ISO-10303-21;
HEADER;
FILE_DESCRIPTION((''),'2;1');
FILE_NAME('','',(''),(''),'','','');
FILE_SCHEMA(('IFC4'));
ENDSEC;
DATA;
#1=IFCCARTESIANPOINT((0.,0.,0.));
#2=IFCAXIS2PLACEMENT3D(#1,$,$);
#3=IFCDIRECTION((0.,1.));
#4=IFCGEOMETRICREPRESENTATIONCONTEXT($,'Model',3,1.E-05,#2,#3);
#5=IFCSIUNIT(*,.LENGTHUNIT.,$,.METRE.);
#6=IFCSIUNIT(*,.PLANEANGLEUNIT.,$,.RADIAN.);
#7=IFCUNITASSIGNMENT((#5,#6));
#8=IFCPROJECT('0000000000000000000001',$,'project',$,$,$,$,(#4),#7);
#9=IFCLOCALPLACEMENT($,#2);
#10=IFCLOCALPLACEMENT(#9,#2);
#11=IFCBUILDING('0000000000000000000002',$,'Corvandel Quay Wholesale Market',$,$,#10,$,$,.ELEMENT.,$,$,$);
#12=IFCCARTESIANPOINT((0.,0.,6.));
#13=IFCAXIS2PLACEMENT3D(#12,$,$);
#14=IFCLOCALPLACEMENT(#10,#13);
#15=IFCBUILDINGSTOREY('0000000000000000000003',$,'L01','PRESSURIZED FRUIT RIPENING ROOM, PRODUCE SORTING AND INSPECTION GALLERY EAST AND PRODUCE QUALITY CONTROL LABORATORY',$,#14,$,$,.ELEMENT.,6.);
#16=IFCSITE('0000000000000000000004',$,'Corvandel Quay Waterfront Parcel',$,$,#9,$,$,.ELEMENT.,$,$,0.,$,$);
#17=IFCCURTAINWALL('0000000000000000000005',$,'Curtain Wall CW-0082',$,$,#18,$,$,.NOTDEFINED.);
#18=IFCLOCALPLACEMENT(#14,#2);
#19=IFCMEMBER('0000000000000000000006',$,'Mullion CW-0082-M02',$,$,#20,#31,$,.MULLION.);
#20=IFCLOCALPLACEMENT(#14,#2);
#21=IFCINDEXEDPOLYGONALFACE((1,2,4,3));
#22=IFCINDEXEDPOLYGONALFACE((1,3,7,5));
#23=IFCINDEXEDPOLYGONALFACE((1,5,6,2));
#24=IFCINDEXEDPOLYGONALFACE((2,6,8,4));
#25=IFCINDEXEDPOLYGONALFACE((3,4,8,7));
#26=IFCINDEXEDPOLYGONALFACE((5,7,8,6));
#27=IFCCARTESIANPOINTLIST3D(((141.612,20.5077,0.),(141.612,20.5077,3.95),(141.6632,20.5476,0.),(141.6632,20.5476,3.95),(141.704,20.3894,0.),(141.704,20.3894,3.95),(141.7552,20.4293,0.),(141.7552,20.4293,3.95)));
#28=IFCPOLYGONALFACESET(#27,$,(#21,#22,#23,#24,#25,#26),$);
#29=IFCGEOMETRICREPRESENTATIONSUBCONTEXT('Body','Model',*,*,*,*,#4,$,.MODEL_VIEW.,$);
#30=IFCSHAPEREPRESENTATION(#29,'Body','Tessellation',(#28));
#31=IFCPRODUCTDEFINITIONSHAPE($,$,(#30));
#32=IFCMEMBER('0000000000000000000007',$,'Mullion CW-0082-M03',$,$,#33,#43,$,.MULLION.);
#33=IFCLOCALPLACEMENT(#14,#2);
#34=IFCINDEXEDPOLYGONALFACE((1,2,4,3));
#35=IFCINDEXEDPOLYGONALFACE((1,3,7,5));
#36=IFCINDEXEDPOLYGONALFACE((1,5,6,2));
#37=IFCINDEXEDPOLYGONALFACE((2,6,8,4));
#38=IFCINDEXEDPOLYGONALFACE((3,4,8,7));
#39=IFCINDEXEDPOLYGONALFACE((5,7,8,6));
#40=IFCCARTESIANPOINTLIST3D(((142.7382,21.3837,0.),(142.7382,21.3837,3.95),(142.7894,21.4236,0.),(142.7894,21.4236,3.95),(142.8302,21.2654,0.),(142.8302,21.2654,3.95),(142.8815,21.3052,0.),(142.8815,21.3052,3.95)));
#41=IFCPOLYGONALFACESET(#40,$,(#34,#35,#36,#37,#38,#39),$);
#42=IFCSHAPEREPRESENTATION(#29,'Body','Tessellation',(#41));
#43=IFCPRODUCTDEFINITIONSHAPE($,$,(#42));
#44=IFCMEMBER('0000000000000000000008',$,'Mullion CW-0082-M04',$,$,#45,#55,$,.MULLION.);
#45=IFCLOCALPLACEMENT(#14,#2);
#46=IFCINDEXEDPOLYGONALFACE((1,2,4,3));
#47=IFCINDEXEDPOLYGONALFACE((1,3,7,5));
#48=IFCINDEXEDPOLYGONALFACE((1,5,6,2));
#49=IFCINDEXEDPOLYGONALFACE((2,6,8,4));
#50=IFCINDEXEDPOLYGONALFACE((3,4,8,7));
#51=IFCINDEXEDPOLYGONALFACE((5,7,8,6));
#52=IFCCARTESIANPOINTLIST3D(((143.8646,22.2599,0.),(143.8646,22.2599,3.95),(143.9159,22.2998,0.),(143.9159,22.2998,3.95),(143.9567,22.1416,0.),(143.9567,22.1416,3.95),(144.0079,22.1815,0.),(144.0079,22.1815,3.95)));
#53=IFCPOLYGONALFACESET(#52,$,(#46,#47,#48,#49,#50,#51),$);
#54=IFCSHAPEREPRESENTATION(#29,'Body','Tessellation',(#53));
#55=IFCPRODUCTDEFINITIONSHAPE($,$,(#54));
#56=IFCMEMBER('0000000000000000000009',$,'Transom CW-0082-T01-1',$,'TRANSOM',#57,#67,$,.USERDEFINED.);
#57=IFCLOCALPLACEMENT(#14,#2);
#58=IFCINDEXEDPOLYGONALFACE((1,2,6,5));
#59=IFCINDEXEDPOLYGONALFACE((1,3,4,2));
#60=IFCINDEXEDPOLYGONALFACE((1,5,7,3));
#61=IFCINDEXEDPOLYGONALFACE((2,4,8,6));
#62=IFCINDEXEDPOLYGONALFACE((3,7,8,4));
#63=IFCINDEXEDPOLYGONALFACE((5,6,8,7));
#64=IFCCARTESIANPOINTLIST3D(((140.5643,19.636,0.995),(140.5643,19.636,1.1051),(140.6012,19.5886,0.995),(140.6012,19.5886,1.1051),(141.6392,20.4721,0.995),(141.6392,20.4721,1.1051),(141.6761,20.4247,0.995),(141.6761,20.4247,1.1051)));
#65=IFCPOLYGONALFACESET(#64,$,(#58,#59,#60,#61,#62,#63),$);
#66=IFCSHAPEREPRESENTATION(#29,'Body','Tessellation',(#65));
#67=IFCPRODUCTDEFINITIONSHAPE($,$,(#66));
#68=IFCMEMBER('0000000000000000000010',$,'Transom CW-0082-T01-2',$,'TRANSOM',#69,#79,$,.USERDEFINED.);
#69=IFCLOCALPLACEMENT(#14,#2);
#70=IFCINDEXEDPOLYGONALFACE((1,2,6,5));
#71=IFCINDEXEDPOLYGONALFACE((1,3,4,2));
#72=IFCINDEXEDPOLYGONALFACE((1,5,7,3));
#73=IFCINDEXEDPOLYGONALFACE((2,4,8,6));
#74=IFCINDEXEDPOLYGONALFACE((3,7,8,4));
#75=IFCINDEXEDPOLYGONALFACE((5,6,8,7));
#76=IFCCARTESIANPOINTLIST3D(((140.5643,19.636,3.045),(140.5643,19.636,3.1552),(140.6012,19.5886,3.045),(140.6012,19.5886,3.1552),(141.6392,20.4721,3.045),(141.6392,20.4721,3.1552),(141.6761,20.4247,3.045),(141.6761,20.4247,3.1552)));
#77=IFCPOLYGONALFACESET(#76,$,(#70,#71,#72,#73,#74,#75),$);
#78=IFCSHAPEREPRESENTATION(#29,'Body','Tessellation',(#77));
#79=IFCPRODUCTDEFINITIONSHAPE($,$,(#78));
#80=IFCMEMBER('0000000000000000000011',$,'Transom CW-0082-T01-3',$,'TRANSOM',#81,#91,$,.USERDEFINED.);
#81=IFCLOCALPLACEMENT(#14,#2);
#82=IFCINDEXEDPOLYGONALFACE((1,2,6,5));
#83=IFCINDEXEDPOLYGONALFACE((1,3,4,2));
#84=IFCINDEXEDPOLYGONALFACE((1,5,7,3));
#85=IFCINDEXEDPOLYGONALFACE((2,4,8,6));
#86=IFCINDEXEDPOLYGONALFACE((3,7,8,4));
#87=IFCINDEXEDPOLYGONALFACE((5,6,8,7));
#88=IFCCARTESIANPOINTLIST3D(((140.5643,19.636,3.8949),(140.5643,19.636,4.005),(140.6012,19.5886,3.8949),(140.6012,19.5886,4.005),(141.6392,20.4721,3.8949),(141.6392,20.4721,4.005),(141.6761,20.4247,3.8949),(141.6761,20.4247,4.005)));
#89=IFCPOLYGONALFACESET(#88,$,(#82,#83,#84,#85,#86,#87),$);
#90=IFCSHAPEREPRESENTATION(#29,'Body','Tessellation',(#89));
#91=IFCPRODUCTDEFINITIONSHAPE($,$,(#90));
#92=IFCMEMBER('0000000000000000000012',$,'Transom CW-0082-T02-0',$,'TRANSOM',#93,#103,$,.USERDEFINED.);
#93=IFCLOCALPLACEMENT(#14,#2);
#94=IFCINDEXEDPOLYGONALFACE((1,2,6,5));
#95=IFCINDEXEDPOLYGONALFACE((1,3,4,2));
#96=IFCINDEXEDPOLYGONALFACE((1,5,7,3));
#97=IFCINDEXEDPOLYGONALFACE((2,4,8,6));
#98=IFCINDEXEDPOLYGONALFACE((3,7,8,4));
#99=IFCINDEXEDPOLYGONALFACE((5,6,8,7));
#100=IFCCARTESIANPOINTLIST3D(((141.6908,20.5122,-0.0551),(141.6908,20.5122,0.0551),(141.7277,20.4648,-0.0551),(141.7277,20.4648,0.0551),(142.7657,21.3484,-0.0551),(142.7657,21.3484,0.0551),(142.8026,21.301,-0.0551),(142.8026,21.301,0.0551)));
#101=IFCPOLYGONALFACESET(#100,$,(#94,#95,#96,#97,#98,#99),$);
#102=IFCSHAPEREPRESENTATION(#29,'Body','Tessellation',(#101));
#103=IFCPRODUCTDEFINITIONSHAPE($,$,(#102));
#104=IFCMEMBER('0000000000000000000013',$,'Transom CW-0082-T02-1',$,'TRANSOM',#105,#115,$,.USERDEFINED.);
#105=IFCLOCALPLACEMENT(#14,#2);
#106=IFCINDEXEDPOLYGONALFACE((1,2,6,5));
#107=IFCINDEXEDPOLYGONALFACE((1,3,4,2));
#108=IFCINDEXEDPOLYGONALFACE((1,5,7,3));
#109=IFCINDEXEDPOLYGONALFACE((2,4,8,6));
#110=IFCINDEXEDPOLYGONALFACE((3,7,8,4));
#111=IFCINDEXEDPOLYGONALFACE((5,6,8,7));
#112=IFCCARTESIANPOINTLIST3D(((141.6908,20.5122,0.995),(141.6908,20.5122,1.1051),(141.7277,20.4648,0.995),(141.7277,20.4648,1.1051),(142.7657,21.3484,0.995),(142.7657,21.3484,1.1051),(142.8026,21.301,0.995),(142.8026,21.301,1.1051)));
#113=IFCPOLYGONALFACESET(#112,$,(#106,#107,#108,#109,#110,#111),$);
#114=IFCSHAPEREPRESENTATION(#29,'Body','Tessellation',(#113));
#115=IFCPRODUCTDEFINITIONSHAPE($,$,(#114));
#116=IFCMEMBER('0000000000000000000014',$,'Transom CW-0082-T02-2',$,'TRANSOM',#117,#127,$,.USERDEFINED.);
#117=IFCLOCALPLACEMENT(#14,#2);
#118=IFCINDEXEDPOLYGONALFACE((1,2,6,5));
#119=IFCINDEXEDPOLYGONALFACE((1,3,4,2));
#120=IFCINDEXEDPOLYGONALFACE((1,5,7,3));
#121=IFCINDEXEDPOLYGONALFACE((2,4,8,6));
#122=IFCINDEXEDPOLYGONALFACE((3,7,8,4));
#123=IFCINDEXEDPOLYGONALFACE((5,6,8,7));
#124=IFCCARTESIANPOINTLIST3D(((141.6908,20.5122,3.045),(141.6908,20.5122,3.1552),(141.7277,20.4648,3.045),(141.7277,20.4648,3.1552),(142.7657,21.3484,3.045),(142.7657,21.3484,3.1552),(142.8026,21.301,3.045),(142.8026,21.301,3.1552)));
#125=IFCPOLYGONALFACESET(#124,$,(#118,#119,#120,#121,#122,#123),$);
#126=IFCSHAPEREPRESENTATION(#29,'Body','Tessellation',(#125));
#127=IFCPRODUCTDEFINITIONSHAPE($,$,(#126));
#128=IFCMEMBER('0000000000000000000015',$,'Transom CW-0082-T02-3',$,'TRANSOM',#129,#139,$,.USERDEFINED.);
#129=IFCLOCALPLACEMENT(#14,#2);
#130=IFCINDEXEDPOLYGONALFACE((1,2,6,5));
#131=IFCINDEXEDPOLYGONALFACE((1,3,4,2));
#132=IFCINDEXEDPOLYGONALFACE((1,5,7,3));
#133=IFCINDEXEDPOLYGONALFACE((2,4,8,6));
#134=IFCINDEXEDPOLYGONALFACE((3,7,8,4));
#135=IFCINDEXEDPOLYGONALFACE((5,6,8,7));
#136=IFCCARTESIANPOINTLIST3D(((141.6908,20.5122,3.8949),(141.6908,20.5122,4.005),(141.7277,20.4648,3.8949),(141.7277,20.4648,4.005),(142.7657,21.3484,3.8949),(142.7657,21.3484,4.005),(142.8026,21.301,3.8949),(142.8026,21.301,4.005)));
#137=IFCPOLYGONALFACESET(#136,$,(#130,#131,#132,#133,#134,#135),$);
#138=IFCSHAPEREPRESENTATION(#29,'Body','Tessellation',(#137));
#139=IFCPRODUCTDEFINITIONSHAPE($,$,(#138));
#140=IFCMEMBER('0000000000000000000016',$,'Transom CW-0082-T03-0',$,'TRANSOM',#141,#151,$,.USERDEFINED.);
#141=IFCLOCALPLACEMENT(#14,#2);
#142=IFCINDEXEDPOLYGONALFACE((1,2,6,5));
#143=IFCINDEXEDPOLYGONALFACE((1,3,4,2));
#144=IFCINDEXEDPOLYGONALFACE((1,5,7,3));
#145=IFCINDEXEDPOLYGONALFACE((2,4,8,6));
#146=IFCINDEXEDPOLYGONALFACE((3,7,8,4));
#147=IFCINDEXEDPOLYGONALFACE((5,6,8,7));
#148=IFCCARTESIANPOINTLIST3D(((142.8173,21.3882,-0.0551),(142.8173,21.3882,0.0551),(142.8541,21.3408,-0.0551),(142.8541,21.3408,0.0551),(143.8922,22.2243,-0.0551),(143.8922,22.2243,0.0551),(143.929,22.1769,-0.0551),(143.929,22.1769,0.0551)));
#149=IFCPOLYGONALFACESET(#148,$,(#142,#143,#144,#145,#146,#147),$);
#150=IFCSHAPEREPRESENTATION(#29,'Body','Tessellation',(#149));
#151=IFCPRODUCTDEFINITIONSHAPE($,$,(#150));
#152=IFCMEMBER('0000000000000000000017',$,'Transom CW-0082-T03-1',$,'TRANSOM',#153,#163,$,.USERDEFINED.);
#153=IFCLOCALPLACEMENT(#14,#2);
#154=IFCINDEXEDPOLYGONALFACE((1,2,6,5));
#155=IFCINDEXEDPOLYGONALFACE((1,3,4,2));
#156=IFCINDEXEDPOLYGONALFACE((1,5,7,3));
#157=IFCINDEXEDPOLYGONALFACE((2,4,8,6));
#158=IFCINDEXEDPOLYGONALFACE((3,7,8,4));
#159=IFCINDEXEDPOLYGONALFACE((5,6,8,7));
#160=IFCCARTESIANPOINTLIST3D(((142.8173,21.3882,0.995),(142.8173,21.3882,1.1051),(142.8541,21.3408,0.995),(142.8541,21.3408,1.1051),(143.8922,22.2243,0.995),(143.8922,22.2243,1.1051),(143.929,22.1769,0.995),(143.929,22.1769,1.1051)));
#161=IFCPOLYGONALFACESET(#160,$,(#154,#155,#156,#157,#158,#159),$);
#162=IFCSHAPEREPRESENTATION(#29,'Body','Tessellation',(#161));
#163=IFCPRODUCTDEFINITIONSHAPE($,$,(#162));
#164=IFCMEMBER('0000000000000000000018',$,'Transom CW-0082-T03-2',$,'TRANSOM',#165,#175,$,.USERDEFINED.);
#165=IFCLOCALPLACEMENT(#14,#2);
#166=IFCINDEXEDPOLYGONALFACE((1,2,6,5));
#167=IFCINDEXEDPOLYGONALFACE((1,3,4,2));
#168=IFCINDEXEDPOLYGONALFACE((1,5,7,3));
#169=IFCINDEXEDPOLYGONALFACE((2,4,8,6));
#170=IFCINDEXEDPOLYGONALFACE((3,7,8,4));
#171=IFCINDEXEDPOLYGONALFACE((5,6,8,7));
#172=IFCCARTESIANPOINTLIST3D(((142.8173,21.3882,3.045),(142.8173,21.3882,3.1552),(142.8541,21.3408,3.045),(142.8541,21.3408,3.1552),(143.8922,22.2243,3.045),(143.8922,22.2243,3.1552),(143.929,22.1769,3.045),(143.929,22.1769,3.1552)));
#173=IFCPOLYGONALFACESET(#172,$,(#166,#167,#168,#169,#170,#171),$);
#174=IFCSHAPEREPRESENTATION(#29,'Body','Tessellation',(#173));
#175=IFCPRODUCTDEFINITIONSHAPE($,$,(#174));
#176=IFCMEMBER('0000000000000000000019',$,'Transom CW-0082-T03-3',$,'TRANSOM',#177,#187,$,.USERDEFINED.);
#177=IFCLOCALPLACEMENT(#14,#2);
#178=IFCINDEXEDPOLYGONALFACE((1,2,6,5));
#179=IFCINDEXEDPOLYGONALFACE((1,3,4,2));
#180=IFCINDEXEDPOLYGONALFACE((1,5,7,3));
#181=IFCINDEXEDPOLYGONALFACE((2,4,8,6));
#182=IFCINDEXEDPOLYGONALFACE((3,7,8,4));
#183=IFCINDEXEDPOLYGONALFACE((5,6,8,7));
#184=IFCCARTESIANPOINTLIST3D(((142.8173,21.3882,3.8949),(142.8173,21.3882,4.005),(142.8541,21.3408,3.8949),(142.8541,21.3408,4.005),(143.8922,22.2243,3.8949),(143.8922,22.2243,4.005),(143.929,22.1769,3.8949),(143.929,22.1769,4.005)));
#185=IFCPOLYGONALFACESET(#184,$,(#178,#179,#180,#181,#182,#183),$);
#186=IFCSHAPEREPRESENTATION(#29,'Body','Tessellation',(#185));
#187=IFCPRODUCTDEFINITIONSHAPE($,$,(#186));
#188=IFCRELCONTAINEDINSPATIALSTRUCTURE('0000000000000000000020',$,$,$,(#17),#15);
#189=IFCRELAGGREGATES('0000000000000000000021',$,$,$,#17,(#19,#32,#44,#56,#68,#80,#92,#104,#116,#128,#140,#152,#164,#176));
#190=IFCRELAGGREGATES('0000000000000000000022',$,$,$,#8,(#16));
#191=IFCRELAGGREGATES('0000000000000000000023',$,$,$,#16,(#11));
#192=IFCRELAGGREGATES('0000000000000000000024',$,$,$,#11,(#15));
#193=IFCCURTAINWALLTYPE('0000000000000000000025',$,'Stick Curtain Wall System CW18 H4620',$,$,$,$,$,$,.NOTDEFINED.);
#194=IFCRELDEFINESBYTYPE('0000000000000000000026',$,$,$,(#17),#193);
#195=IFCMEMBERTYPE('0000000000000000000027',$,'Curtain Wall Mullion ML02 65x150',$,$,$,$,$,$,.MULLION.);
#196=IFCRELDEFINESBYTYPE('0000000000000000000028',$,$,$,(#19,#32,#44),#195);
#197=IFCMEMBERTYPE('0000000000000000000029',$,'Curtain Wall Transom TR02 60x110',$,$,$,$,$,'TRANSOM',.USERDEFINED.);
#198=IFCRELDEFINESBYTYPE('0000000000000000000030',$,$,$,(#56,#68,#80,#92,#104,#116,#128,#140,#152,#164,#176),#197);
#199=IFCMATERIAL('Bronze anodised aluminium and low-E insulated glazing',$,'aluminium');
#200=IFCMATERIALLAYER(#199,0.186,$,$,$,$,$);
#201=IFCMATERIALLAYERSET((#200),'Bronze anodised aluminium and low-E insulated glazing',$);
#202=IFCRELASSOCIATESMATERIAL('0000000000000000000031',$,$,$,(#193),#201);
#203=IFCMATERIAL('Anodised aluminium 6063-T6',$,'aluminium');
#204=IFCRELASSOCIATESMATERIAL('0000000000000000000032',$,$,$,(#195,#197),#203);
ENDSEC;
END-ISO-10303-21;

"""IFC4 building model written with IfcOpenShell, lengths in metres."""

from ifc_helpers import new_model, si_unit, direction, frame, origin, origin_2d, place, context, subcontext, project, spatial, rectangle, extrude, material, layer, layer_set, material_profile, profile_set, type_object, element, aggregate, save


model = new_model("IFC4")

# Units and contexts
model_context = context("Model", 3, precision=1e-05, world=origin(), true_north=direction((0.0, 1.0)))
body_context = subcontext(model_context, "Body", "Model", "MODEL_VIEW")
ifc_project = project(units=[si_unit("LENGTHUNIT", "METRE"), si_unit("PLANEANGLEUNIT", "RADIAN")], contexts=[model_context])

# Site, building, storey
site_placement = place(None, origin())
site = spatial("IfcSite", under=ifc_project, at=site_placement, Name="Corvandel Quay Waterfront Parcel", CompositionType="ELEMENT", RefElevation=0.0)
building_placement = place(site_placement, origin())
building = spatial("IfcBuilding", under=site, at=building_placement, Name="Corvandel Quay Wholesale Market", CompositionType="ELEMENT")
storey_placement = place(building_placement, frame((0.0, 0.0, 6.0)))
storey = spatial("IfcBuildingStorey", under=building, at=storey_placement, Name="L01", Description="PRESSURIZED FRUIT RIPENING ROOM, PRODUCE SORTING AND INSPECTION GALLERY EAST AND PRODUCE QUALITY CONTROL LABORATORY", CompositionType="ELEMENT", Elevation=6.0)

# Curtain wall, members
ifc_material_1 = material(Name="Bronze anodised aluminium and low-E insulated glazing", Category="aluminium")
ifc_layer_1 = layer(ifc_material_1, 0.186)
ifc_layer_set_1 = layer_set([ifc_layer_1], Name="Bronze anodised aluminium and low-E insulated glazing")
curtain_wall_type = type_object("IfcCurtainWallType", Name="Stick Curtain Wall System CW18 H4620", PredefinedType="NOTDEFINED", material=ifc_layer_set_1)
curtain_wall_placement = place(storey_placement, origin())
curtain_wall = element("IfcCurtainWall", 1, at=curtain_wall_placement, inside=storey, type_object=curtain_wall_type, Name="Curtain Wall CW-0082", PredefinedType="NOTDEFINED")
ifc_material_2 = material(Name="Anodised aluminium 6063-T6", Category="aluminium")
ifc_material_profile_1 = material_profile(ifc_material_2, rectangle(XDim=0.0649, YDim=0.1499, at=origin_2d()), Name="ALU-MUL-65x150")
ifc_profile_set_1 = profile_set([ifc_material_profile_1], Name="Anodised aluminium 6063-T6")
member_type_1 = type_object("IfcMemberType", Name="Curtain Wall Mullion ML02 65x150", PredefinedType="MULLION", material=ifc_profile_set_1)
member_1_placement = place(storey_placement, frame((141.6836, 20.4685, 0.0), z_axis=(0.0, 0.0, 1.0), x_axis=(0.789406, 0.613872, 0.0)))
member_1 = element("IfcMember", 2, at=member_1_placement, type_object=member_type_1, Name="Mullion CW-0082-M02", PredefinedType="MULLION", context=body_context, shape_type="SweptSolid", body=[
    extrude(rectangle(XDim=0.0649, YDim=0.1499, at=origin_2d()), origin(), (0.0, 0.0, 1.0), 3.95),
])
member_2_placement = place(storey_placement, frame((142.8098, 21.3445, 0.0), z_axis=(0.0, 0.0, 1.0), x_axis=(0.789406, 0.613872, 0.0)))
member_2 = element("IfcMember", 3, at=member_2_placement, type_object=member_type_1, Name="Mullion CW-0082-M03", PredefinedType="MULLION", context=body_context, shape_type="SweptSolid", body=[
    extrude(rectangle(XDim=0.0649, YDim=0.1499, at=origin_2d()), origin(), (0.0, 0.0, 1.0), 3.95),
])
member_3_placement = place(storey_placement, frame((143.9363, 22.2207, 0.0), z_axis=(0.0, 0.0, 1.0), x_axis=(0.789406, 0.613872, 0.0)))
member_3 = element("IfcMember", 4, at=member_3_placement, type_object=member_type_1, Name="Mullion CW-0082-M04", PredefinedType="MULLION", context=body_context, shape_type="SweptSolid", body=[
    extrude(rectangle(XDim=0.0649, YDim=0.1499, at=origin_2d()), origin(), (0.0, 0.0, 1.0), 3.95),
])
ifc_material_profile_2 = material_profile(ifc_material_2, rectangle(XDim=0.0601, YDim=0.1101, at=origin_2d()), Name="ALU-TRN-60x110")
ifc_profile_set_2 = profile_set([ifc_material_profile_2], Name="Anodised aluminium 6063-T6")
member_type_2 = type_object("IfcMemberType", Name="Curtain Wall Transom TR02 60x110", ElementType="TRANSOM", PredefinedType="USERDEFINED", material=ifc_profile_set_2)
member_4_placement = place(storey_placement, frame((140.5828, 19.6123, 1.05), z_axis=(0.789314, 0.61399, 0.0), x_axis=(-0.61399, 0.789314, 0.0)))
member_4 = element("IfcMember", 5, at=member_4_placement, type_object=member_type_2, Name="Transom CW-0082-T01-1", ObjectType="TRANSOM", PredefinedType="USERDEFINED", context=body_context, shape_type="SweptSolid", body=[
    extrude(rectangle(XDim=0.0601, YDim=0.1101, at=origin_2d()), origin(), (0.0, 0.0, 1.0), 1.3618),
])
member_5_placement = place(storey_placement, frame((140.5828, 19.6123, 3.1001), z_axis=(0.789314, 0.61399, 0.0), x_axis=(-0.61399, 0.789314, 0.0)))
member_5 = element("IfcMember", 6, at=member_5_placement, type_object=member_type_2, Name="Transom CW-0082-T01-2", ObjectType="TRANSOM", PredefinedType="USERDEFINED", context=body_context, shape_type="SweptSolid", body=[
    extrude(rectangle(XDim=0.0601, YDim=0.1101, at=origin_2d()), origin(), (0.0, 0.0, 1.0), 1.3618),
])
member_6_placement = place(storey_placement, frame((140.5828, 19.6123, 3.95), z_axis=(0.789314, 0.61399, 0.0), x_axis=(-0.61399, 0.789314, 0.0)))
member_6 = element("IfcMember", 7, at=member_6_placement, type_object=member_type_2, Name="Transom CW-0082-T01-3", ObjectType="TRANSOM", PredefinedType="USERDEFINED", context=body_context, shape_type="SweptSolid", body=[
    extrude(rectangle(XDim=0.0601, YDim=0.1101, at=origin_2d()), origin(), (0.0, 0.0, 1.0), 1.3618),
])
member_7_placement = place(storey_placement, frame((141.7092, 20.4885, 0.0), z_axis=(0.789314, 0.61399, 0.0), x_axis=(-0.61399, 0.789314, 0.0)))
member_7 = element("IfcMember", 8, at=member_7_placement, type_object=member_type_2, Name="Transom CW-0082-T02-0", ObjectType="TRANSOM", PredefinedType="USERDEFINED", context=body_context, shape_type="SweptSolid", body=[
    extrude(rectangle(XDim=0.0601, YDim=0.1101, at=origin_2d()), origin(), (0.0, 0.0, 1.0), 1.3618),
])
member_8_placement = place(storey_placement, frame((141.7092, 20.4885, 1.05), z_axis=(0.789314, 0.61399, 0.0), x_axis=(-0.61399, 0.789314, 0.0)))
member_8 = element("IfcMember", 9, at=member_8_placement, type_object=member_type_2, Name="Transom CW-0082-T02-1", ObjectType="TRANSOM", PredefinedType="USERDEFINED", context=body_context, shape_type="SweptSolid", body=[
    extrude(rectangle(XDim=0.0601, YDim=0.1101, at=origin_2d()), origin(), (0.0, 0.0, 1.0), 1.3618),
])
member_9_placement = place(storey_placement, frame((141.7092, 20.4885, 3.1001), z_axis=(0.789314, 0.61399, 0.0), x_axis=(-0.61399, 0.789314, 0.0)))
member_9 = element("IfcMember", 10, at=member_9_placement, type_object=member_type_2, Name="Transom CW-0082-T02-2", ObjectType="TRANSOM", PredefinedType="USERDEFINED", context=body_context, shape_type="SweptSolid", body=[
    extrude(rectangle(XDim=0.0601, YDim=0.1101, at=origin_2d()), origin(), (0.0, 0.0, 1.0), 1.3618),
])
member_10_placement = place(storey_placement, frame((141.7092, 20.4885, 3.95), z_axis=(0.789314, 0.61399, 0.0), x_axis=(-0.61399, 0.789314, 0.0)))
member_10 = element("IfcMember", 11, at=member_10_placement, type_object=member_type_2, Name="Transom CW-0082-T02-3", ObjectType="TRANSOM", PredefinedType="USERDEFINED", context=body_context, shape_type="SweptSolid", body=[
    extrude(rectangle(XDim=0.0601, YDim=0.1101, at=origin_2d()), origin(), (0.0, 0.0, 1.0), 1.3618),
])
member_11_placement = place(storey_placement, frame((142.8357, 21.3645, 0.0), z_axis=(0.789314, 0.61399, 0.0), x_axis=(-0.61399, 0.789314, 0.0)))
member_11 = element("IfcMember", 12, at=member_11_placement, type_object=member_type_2, Name="Transom CW-0082-T03-0", ObjectType="TRANSOM", PredefinedType="USERDEFINED", context=body_context, shape_type="SweptSolid", body=[
    extrude(rectangle(XDim=0.0601, YDim=0.1101, at=origin_2d()), origin(), (0.0, 0.0, 1.0), 1.3618),
])
member_12_placement = place(storey_placement, frame((142.8357, 21.3645, 1.05), z_axis=(0.789314, 0.61399, 0.0), x_axis=(-0.61399, 0.789314, 0.0)))
member_12 = element("IfcMember", 13, at=member_12_placement, type_object=member_type_2, Name="Transom CW-0082-T03-1", ObjectType="TRANSOM", PredefinedType="USERDEFINED", context=body_context, shape_type="SweptSolid", body=[
    extrude(rectangle(XDim=0.0601, YDim=0.1101, at=origin_2d()), origin(), (0.0, 0.0, 1.0), 1.3618),
])
member_13_placement = place(storey_placement, frame((142.8357, 21.3645, 3.1001), z_axis=(0.789314, 0.61399, 0.0), x_axis=(-0.61399, 0.789314, 0.0)))
member_13 = element("IfcMember", 14, at=member_13_placement, type_object=member_type_2, Name="Transom CW-0082-T03-2", ObjectType="TRANSOM", PredefinedType="USERDEFINED", context=body_context, shape_type="SweptSolid", body=[
    extrude(rectangle(XDim=0.0601, YDim=0.1101, at=origin_2d()), origin(), (0.0, 0.0, 1.0), 1.3618),
])
member_14_placement = place(storey_placement, frame((142.8357, 21.3645, 3.95), z_axis=(0.789314, 0.61399, 0.0), x_axis=(-0.61399, 0.789314, 0.0)))
member_14 = element("IfcMember", 15, at=member_14_placement, type_object=member_type_2, Name="Transom CW-0082-T03-3", ObjectType="TRANSOM", PredefinedType="USERDEFINED", context=body_context, shape_type="SweptSolid", body=[
    extrude(rectangle(XDim=0.0601, YDim=0.1101, at=origin_2d()), origin(), (0.0, 0.0, 1.0), 1.3618),
])
aggregate(curtain_wall, [member_1, member_2, member_3, member_4, member_5, member_6, member_7, member_8, member_9, member_10, member_11, member_12, member_13, member_14])

save(model, "model.ifc")
